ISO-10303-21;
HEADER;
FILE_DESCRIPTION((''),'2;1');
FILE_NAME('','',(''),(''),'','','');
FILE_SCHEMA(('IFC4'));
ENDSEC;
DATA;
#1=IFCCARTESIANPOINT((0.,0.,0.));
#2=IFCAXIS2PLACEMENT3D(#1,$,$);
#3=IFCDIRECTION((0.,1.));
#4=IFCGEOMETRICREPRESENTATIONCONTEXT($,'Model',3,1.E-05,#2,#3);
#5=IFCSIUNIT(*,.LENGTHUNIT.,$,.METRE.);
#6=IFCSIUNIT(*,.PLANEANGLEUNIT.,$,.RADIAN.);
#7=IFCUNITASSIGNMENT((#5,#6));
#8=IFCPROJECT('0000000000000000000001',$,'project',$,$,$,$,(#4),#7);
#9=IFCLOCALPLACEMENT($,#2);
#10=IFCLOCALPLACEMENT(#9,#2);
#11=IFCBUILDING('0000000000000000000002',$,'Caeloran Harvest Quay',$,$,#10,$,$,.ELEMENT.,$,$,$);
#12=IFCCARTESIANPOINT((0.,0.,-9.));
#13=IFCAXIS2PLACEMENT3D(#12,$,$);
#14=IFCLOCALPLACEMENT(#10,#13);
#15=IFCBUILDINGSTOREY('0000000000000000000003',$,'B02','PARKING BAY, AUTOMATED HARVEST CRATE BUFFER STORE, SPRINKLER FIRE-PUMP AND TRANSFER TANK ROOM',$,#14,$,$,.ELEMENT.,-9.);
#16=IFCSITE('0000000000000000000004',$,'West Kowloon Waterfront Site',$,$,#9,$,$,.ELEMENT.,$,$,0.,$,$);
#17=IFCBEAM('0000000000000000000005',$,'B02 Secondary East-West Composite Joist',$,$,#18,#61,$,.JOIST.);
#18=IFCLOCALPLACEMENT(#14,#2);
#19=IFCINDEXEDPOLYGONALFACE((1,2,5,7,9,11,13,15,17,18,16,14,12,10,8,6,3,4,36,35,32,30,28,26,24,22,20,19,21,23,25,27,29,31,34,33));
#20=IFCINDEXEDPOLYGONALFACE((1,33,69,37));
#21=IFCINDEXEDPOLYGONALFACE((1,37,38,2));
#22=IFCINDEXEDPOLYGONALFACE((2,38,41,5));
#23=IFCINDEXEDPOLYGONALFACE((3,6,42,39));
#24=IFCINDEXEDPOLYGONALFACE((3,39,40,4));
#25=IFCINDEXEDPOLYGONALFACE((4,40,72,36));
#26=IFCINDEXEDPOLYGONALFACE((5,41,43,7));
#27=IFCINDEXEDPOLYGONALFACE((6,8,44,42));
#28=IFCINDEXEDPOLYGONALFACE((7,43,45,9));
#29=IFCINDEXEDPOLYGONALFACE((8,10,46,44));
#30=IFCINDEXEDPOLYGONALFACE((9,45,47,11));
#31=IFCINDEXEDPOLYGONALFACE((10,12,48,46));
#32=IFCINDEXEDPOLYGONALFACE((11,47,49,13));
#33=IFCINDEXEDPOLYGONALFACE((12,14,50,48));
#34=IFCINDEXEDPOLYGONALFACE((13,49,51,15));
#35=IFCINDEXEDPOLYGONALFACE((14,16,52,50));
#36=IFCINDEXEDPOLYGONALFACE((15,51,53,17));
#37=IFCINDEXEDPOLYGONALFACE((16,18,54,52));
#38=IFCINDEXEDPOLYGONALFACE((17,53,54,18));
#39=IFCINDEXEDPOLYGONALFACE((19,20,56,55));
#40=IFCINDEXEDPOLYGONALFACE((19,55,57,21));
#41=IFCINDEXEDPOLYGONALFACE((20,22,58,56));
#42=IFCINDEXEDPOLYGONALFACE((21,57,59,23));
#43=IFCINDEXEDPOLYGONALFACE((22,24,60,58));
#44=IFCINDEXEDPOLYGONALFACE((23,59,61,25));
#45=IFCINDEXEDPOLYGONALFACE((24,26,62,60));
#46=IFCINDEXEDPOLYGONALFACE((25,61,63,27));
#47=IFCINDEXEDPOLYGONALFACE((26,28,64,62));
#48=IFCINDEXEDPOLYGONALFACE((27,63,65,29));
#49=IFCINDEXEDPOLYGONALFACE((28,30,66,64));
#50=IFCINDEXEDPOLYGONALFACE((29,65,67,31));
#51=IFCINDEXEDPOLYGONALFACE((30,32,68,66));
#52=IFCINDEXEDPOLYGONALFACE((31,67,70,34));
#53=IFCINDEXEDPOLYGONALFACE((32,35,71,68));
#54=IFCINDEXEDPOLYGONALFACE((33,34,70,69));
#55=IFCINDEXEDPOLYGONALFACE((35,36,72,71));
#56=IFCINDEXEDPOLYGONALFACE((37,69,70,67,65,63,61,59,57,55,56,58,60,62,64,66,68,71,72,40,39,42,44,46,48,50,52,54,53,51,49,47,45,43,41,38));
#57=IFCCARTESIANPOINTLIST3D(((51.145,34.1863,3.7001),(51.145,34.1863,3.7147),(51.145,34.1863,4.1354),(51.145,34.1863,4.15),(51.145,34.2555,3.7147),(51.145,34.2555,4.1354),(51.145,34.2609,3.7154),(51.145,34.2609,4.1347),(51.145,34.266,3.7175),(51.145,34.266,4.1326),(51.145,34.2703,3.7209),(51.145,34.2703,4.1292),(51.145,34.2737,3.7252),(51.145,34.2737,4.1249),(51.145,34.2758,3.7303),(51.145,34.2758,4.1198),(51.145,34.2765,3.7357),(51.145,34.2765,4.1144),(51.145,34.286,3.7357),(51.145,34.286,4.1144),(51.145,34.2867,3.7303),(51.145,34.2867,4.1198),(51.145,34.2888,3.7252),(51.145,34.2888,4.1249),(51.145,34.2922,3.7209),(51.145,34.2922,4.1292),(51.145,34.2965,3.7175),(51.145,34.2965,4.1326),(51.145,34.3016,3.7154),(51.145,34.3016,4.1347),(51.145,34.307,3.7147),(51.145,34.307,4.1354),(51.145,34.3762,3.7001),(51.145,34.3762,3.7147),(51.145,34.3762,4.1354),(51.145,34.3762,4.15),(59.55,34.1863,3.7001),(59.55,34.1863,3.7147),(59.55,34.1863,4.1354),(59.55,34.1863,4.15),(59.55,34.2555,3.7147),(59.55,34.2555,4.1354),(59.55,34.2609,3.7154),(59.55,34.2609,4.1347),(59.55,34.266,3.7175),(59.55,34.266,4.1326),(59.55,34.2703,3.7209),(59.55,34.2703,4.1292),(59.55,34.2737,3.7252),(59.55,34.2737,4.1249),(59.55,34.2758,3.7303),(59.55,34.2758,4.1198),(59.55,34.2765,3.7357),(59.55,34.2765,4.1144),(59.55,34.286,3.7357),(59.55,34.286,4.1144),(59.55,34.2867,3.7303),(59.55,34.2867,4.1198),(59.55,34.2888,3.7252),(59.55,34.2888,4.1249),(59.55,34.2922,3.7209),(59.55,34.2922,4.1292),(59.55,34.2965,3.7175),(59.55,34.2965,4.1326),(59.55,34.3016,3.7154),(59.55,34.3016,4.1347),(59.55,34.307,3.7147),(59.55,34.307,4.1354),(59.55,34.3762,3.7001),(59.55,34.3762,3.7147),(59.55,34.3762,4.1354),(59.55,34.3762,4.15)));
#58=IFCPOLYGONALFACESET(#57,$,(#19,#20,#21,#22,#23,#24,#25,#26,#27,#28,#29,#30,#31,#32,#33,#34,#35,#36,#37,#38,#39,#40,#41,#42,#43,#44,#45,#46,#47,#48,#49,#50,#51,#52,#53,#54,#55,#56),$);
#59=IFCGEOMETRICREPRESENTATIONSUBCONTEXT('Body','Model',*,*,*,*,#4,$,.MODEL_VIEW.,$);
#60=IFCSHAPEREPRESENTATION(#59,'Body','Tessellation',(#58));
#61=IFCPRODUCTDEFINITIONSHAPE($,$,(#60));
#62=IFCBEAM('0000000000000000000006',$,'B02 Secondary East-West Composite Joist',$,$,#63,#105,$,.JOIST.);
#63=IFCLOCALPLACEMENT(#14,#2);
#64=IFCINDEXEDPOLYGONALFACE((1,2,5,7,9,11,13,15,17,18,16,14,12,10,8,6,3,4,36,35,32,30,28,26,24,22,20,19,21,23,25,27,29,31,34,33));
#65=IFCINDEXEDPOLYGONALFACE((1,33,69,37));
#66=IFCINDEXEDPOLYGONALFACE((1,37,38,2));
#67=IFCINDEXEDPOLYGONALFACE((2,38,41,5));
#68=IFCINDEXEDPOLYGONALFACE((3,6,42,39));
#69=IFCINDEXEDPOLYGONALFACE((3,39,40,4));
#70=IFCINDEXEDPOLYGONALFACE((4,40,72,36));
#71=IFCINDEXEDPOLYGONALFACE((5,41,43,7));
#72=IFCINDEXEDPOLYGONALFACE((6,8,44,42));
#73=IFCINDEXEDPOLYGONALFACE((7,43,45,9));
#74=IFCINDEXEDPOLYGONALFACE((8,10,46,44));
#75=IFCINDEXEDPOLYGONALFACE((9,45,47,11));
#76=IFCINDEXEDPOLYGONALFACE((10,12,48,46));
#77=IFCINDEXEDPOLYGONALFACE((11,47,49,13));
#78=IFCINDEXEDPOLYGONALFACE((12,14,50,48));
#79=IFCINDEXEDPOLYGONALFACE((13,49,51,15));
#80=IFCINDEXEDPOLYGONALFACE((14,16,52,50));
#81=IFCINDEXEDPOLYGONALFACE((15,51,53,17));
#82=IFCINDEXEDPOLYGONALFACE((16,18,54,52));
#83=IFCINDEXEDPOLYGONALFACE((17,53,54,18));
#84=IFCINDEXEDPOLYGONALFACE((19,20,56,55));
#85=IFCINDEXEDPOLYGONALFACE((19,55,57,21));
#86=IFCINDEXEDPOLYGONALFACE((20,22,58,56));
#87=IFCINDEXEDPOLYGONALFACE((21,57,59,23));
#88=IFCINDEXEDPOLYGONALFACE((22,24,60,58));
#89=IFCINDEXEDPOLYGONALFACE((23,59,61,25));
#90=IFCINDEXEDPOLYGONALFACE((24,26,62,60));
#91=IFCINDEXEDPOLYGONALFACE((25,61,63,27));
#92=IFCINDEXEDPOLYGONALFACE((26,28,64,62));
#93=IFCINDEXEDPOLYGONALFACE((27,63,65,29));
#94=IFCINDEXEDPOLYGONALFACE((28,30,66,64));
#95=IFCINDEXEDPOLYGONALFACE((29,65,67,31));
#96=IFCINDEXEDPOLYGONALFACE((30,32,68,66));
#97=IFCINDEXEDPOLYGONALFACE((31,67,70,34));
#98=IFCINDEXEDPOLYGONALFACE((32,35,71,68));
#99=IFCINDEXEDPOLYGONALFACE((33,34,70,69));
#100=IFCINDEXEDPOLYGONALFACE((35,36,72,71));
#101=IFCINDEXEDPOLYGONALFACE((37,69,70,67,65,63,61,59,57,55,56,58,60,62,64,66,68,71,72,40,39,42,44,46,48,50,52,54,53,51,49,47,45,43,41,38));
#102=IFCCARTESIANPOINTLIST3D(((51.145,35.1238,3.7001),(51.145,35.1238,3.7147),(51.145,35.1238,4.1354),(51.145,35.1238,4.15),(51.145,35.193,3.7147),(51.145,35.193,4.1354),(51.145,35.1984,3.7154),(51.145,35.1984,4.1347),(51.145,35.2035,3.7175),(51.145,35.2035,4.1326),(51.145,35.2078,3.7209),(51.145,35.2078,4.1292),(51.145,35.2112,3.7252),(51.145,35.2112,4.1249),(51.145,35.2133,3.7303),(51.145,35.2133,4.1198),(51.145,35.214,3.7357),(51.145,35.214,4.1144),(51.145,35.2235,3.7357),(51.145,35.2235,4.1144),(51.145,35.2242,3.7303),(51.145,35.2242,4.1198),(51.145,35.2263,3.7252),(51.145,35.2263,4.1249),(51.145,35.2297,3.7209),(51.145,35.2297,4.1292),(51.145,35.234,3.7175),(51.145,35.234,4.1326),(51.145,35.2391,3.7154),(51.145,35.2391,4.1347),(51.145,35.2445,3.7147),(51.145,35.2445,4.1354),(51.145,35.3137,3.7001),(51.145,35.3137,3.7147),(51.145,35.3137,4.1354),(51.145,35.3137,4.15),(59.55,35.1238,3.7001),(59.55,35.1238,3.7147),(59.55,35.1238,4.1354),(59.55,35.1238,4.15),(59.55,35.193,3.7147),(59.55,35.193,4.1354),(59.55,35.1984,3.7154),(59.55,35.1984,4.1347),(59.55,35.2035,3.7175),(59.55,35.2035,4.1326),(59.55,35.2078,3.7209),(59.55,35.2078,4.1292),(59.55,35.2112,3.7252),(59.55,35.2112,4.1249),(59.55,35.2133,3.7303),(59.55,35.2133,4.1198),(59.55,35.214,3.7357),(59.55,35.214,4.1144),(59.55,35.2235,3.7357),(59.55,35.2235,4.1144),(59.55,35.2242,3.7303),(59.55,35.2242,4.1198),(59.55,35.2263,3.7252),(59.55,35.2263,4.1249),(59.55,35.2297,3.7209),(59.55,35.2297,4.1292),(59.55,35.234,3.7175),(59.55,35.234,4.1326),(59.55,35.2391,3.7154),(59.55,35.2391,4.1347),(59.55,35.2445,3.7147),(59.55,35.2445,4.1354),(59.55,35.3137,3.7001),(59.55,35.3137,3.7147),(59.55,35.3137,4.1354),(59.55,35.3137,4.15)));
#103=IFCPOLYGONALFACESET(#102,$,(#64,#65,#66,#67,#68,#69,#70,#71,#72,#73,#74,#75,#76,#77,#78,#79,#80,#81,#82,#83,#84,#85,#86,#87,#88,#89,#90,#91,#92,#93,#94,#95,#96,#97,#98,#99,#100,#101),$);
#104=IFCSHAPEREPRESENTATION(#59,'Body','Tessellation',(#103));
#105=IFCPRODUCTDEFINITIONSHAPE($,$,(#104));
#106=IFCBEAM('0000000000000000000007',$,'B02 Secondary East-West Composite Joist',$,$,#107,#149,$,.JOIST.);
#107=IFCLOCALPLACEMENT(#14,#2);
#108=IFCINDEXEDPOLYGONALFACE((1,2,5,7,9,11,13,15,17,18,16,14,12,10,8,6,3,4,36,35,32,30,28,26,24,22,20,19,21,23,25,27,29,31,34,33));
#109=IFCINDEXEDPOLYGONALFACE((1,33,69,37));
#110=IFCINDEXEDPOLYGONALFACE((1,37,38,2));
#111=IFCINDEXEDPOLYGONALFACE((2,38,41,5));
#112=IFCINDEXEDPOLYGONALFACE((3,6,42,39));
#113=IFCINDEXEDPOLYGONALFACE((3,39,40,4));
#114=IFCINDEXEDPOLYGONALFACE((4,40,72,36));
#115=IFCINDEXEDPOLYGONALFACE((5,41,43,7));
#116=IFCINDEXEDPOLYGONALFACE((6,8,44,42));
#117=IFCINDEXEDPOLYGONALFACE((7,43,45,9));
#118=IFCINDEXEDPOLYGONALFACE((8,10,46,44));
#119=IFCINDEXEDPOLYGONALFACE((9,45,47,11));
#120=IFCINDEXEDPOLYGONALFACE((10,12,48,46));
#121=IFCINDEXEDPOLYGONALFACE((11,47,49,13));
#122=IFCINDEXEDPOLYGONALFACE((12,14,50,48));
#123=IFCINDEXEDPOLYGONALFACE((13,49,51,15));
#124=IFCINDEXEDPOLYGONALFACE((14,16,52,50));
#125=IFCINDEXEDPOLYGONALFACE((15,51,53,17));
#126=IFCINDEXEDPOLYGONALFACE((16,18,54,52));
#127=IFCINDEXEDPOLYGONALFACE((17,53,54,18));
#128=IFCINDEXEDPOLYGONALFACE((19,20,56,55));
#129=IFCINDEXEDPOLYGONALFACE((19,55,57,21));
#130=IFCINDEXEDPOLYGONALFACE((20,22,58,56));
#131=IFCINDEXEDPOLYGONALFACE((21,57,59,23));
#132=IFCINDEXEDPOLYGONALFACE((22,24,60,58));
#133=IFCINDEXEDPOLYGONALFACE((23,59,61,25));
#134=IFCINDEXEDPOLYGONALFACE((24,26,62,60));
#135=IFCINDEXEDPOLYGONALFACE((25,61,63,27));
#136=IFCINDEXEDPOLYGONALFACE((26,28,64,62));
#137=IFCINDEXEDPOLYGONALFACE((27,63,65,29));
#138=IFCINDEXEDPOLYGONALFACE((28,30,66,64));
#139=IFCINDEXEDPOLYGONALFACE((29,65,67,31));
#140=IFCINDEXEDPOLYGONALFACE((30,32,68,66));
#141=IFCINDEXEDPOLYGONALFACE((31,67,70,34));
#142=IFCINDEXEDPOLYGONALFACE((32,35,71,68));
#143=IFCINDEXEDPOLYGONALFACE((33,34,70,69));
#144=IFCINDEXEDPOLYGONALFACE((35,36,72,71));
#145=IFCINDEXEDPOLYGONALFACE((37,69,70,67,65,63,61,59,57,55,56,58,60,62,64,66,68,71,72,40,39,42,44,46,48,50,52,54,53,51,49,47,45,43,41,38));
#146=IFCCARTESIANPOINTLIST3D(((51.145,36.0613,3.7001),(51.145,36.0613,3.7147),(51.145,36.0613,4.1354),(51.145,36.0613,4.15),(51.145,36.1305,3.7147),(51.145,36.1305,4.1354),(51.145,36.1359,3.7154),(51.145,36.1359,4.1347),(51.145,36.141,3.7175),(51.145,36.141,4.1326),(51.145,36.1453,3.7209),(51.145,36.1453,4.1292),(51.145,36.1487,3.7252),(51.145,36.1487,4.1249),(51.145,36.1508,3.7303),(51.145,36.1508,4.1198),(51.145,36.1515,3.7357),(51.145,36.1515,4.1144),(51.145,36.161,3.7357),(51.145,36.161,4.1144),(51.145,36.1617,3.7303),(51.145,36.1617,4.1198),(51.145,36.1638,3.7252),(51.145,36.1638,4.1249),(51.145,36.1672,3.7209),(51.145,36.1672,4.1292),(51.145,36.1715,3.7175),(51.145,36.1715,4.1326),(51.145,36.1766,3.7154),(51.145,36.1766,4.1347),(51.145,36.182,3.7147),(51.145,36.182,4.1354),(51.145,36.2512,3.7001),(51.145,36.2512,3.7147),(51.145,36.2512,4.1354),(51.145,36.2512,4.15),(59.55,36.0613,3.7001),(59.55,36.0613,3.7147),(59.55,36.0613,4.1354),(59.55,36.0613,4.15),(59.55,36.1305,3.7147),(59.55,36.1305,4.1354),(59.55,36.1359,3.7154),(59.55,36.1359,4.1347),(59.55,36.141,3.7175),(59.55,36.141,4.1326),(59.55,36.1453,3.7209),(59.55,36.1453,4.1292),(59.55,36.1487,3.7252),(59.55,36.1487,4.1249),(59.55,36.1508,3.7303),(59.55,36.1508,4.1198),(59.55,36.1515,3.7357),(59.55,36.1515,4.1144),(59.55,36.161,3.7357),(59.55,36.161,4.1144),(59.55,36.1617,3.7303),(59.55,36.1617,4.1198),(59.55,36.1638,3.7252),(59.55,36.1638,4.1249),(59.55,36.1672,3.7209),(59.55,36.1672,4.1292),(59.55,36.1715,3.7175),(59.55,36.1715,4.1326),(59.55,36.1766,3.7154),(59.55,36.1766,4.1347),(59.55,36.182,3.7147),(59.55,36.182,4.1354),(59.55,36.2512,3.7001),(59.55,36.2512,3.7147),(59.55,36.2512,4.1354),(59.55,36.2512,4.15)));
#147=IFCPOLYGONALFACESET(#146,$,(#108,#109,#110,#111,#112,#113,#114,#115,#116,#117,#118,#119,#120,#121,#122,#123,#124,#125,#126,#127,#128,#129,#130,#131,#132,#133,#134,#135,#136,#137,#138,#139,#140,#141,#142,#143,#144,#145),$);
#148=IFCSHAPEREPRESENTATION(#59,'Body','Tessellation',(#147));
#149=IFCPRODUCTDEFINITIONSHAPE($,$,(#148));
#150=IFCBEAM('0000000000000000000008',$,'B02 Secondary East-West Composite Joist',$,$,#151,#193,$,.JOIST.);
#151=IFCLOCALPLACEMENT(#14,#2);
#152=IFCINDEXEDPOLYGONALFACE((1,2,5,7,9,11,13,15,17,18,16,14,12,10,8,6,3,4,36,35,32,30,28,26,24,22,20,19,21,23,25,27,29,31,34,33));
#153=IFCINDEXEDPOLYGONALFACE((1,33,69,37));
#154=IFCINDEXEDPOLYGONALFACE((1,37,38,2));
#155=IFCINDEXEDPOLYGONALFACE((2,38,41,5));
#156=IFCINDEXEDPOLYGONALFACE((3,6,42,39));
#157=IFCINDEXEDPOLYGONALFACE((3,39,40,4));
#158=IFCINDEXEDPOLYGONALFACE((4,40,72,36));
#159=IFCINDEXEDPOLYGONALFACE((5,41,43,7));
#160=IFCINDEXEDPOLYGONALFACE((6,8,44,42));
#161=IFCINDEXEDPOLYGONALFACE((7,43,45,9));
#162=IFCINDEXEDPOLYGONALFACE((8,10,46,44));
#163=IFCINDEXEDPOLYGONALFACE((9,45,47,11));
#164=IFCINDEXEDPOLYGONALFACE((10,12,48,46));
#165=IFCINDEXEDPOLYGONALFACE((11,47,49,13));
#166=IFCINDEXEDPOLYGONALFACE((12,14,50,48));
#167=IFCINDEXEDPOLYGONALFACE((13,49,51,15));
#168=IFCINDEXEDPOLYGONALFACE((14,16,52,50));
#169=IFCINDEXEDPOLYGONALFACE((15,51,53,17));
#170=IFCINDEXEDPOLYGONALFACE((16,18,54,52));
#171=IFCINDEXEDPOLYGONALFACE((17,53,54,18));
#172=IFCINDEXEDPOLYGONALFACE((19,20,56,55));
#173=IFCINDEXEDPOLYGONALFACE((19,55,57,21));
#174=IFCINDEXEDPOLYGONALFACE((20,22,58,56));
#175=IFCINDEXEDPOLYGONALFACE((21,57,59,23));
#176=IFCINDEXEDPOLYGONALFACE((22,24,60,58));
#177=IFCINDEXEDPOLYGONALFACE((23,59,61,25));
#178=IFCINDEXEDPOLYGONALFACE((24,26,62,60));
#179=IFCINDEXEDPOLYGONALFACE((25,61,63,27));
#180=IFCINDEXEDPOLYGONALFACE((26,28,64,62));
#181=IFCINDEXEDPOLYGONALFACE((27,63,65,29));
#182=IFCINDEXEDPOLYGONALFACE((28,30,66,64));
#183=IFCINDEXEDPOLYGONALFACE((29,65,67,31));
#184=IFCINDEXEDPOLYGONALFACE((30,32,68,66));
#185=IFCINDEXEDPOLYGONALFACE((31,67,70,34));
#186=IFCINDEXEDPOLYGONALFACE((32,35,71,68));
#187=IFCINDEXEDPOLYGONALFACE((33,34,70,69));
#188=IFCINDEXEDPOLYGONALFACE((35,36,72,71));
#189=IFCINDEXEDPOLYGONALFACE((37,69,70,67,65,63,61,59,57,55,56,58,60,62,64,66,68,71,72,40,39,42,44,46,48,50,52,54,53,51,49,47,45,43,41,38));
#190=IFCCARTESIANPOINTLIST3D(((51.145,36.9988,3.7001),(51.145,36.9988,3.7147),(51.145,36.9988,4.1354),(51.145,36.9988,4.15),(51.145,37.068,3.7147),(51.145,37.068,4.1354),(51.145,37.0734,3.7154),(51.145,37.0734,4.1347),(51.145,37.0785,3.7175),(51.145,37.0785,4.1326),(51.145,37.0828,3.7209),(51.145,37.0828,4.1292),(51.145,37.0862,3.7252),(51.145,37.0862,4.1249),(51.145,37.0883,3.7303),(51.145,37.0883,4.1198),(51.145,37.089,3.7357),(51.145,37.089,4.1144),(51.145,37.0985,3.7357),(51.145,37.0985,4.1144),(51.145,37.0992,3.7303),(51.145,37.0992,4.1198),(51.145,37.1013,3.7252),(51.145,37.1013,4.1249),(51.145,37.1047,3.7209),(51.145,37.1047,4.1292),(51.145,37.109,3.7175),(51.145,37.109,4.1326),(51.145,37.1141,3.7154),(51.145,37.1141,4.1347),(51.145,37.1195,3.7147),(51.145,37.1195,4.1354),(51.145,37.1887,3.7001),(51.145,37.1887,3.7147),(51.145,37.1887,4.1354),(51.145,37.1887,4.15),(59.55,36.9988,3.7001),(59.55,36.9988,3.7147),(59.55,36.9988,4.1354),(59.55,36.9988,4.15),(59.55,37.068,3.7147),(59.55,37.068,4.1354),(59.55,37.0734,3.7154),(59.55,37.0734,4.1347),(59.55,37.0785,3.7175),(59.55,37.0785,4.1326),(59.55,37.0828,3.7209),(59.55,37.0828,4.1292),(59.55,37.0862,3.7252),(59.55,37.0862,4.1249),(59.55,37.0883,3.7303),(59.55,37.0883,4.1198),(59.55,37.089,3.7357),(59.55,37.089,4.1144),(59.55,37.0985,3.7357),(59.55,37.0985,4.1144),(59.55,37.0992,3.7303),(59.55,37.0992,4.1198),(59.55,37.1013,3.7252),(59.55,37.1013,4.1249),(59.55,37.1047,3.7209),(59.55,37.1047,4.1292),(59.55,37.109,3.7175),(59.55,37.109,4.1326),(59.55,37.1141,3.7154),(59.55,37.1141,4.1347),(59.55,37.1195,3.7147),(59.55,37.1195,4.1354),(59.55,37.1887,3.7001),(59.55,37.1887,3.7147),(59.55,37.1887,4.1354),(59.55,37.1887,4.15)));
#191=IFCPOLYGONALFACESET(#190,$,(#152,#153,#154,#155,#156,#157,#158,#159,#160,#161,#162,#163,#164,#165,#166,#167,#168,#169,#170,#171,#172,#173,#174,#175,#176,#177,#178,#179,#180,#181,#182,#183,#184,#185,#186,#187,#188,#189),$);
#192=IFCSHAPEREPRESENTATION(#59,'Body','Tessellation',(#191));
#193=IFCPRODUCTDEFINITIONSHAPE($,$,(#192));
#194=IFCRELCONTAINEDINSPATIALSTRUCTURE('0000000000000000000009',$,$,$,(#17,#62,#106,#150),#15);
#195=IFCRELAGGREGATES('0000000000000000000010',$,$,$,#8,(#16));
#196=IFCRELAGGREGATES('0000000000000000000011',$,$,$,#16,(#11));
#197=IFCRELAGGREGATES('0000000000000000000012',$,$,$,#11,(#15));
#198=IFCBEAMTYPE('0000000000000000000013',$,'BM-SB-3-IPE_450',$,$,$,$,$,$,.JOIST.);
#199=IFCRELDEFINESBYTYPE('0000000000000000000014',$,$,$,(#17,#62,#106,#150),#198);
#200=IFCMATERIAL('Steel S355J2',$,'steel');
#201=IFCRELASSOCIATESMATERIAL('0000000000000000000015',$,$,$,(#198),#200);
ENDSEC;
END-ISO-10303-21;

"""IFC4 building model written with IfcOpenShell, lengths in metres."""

from ifc_helpers import new_model, si_unit, direction, frame, origin, origin_2d, place, context, subcontext, project, spatial, i_section, extrude, material, material_profile, profile_set, type_object, element, save


model = new_model("IFC4")

# Units and contexts
model_context = context("Model", 3, precision=1e-05, world=origin(), true_north=direction((0.0, 1.0)))
body_context = subcontext(model_context, "Body", "Model", "MODEL_VIEW")
ifc_project = project(units=[si_unit("LENGTHUNIT", "METRE"), si_unit("PLANEANGLEUNIT", "RADIAN")], contexts=[model_context])

# Site, building, storey
site_placement = place(None, origin())
site = spatial("IfcSite", under=ifc_project, at=site_placement, Name="West Kowloon Waterfront Site", CompositionType="ELEMENT", RefElevation=0.0)
building_placement = place(site_placement, origin())
building = spatial("IfcBuilding", under=site, at=building_placement, Name="Caeloran Harvest Quay", CompositionType="ELEMENT")
storey_placement = place(building_placement, frame((0.0, 0.0, -9.0)))
storey = spatial("IfcBuildingStorey", under=building, at=storey_placement, Name="B02", Description="PARKING BAY, AUTOMATED HARVEST CRATE BUFFER STORE, SPRINKLER FIRE-PUMP AND TRANSFER TANK ROOM", CompositionType="ELEMENT", Elevation=-9.0)

# Beams
ifc_material_1 = material(Name="Steel S355J2", Category="steel")
ifc_material_profile_1 = material_profile(ifc_material_1, i_section(OverallWidth=0.1899, OverallDepth=0.45, WebThickness=0.0095, FlangeThickness=0.0146, FilletRadius=0.021, at=origin_2d()), Name="IPE 450")
ifc_profile_set_1 = profile_set([ifc_material_profile_1], Name="Steel S355J2")
beam_type_1 = type_object("IfcBeamType", Name="BM-SB-3-IPE_450", PredefinedType="JOIST", material=ifc_profile_set_1)
for number, where, z_axis, x_axis, name in (
    (1, (51.145, 34.2812, 3.925), (1.0, 0.0, 0.0), (0.0, 1.0, 0.0), "B02 Secondary East-West Composite Joist"),
    (2, (51.145, 35.2188, 3.925), (1.0, 0.0, 0.0), (0.0, 1.0, 0.0), "B02 Secondary East-West Composite Joist"),
    (3, (51.145, 36.1562, 3.925), (1.0, 0.0, 0.0), (0.0, 1.0, 0.0), "B02 Secondary East-West Composite Joist"),
    (4, (51.145, 37.0938, 3.925), (1.0, 0.0, 0.0), (0.0, 1.0, 0.0), "B02 Secondary East-West Composite Joist"),
):
    element("IfcBeam", number, at=place(storey_placement, frame(where, z_axis=z_axis, x_axis=x_axis)), inside=storey, type_object=beam_type_1, Name=name, PredefinedType="JOIST", context=body_context, shape_type="SweptSolid", body=[
        extrude(i_section(OverallWidth=0.1899, OverallDepth=0.45, WebThickness=0.0095, FlangeThickness=0.0146, FilletRadius=0.021, at=origin_2d()), origin(), (0.0, 0.0, 1.0), 8.405),
    ])

save(model, "model.ifc")
